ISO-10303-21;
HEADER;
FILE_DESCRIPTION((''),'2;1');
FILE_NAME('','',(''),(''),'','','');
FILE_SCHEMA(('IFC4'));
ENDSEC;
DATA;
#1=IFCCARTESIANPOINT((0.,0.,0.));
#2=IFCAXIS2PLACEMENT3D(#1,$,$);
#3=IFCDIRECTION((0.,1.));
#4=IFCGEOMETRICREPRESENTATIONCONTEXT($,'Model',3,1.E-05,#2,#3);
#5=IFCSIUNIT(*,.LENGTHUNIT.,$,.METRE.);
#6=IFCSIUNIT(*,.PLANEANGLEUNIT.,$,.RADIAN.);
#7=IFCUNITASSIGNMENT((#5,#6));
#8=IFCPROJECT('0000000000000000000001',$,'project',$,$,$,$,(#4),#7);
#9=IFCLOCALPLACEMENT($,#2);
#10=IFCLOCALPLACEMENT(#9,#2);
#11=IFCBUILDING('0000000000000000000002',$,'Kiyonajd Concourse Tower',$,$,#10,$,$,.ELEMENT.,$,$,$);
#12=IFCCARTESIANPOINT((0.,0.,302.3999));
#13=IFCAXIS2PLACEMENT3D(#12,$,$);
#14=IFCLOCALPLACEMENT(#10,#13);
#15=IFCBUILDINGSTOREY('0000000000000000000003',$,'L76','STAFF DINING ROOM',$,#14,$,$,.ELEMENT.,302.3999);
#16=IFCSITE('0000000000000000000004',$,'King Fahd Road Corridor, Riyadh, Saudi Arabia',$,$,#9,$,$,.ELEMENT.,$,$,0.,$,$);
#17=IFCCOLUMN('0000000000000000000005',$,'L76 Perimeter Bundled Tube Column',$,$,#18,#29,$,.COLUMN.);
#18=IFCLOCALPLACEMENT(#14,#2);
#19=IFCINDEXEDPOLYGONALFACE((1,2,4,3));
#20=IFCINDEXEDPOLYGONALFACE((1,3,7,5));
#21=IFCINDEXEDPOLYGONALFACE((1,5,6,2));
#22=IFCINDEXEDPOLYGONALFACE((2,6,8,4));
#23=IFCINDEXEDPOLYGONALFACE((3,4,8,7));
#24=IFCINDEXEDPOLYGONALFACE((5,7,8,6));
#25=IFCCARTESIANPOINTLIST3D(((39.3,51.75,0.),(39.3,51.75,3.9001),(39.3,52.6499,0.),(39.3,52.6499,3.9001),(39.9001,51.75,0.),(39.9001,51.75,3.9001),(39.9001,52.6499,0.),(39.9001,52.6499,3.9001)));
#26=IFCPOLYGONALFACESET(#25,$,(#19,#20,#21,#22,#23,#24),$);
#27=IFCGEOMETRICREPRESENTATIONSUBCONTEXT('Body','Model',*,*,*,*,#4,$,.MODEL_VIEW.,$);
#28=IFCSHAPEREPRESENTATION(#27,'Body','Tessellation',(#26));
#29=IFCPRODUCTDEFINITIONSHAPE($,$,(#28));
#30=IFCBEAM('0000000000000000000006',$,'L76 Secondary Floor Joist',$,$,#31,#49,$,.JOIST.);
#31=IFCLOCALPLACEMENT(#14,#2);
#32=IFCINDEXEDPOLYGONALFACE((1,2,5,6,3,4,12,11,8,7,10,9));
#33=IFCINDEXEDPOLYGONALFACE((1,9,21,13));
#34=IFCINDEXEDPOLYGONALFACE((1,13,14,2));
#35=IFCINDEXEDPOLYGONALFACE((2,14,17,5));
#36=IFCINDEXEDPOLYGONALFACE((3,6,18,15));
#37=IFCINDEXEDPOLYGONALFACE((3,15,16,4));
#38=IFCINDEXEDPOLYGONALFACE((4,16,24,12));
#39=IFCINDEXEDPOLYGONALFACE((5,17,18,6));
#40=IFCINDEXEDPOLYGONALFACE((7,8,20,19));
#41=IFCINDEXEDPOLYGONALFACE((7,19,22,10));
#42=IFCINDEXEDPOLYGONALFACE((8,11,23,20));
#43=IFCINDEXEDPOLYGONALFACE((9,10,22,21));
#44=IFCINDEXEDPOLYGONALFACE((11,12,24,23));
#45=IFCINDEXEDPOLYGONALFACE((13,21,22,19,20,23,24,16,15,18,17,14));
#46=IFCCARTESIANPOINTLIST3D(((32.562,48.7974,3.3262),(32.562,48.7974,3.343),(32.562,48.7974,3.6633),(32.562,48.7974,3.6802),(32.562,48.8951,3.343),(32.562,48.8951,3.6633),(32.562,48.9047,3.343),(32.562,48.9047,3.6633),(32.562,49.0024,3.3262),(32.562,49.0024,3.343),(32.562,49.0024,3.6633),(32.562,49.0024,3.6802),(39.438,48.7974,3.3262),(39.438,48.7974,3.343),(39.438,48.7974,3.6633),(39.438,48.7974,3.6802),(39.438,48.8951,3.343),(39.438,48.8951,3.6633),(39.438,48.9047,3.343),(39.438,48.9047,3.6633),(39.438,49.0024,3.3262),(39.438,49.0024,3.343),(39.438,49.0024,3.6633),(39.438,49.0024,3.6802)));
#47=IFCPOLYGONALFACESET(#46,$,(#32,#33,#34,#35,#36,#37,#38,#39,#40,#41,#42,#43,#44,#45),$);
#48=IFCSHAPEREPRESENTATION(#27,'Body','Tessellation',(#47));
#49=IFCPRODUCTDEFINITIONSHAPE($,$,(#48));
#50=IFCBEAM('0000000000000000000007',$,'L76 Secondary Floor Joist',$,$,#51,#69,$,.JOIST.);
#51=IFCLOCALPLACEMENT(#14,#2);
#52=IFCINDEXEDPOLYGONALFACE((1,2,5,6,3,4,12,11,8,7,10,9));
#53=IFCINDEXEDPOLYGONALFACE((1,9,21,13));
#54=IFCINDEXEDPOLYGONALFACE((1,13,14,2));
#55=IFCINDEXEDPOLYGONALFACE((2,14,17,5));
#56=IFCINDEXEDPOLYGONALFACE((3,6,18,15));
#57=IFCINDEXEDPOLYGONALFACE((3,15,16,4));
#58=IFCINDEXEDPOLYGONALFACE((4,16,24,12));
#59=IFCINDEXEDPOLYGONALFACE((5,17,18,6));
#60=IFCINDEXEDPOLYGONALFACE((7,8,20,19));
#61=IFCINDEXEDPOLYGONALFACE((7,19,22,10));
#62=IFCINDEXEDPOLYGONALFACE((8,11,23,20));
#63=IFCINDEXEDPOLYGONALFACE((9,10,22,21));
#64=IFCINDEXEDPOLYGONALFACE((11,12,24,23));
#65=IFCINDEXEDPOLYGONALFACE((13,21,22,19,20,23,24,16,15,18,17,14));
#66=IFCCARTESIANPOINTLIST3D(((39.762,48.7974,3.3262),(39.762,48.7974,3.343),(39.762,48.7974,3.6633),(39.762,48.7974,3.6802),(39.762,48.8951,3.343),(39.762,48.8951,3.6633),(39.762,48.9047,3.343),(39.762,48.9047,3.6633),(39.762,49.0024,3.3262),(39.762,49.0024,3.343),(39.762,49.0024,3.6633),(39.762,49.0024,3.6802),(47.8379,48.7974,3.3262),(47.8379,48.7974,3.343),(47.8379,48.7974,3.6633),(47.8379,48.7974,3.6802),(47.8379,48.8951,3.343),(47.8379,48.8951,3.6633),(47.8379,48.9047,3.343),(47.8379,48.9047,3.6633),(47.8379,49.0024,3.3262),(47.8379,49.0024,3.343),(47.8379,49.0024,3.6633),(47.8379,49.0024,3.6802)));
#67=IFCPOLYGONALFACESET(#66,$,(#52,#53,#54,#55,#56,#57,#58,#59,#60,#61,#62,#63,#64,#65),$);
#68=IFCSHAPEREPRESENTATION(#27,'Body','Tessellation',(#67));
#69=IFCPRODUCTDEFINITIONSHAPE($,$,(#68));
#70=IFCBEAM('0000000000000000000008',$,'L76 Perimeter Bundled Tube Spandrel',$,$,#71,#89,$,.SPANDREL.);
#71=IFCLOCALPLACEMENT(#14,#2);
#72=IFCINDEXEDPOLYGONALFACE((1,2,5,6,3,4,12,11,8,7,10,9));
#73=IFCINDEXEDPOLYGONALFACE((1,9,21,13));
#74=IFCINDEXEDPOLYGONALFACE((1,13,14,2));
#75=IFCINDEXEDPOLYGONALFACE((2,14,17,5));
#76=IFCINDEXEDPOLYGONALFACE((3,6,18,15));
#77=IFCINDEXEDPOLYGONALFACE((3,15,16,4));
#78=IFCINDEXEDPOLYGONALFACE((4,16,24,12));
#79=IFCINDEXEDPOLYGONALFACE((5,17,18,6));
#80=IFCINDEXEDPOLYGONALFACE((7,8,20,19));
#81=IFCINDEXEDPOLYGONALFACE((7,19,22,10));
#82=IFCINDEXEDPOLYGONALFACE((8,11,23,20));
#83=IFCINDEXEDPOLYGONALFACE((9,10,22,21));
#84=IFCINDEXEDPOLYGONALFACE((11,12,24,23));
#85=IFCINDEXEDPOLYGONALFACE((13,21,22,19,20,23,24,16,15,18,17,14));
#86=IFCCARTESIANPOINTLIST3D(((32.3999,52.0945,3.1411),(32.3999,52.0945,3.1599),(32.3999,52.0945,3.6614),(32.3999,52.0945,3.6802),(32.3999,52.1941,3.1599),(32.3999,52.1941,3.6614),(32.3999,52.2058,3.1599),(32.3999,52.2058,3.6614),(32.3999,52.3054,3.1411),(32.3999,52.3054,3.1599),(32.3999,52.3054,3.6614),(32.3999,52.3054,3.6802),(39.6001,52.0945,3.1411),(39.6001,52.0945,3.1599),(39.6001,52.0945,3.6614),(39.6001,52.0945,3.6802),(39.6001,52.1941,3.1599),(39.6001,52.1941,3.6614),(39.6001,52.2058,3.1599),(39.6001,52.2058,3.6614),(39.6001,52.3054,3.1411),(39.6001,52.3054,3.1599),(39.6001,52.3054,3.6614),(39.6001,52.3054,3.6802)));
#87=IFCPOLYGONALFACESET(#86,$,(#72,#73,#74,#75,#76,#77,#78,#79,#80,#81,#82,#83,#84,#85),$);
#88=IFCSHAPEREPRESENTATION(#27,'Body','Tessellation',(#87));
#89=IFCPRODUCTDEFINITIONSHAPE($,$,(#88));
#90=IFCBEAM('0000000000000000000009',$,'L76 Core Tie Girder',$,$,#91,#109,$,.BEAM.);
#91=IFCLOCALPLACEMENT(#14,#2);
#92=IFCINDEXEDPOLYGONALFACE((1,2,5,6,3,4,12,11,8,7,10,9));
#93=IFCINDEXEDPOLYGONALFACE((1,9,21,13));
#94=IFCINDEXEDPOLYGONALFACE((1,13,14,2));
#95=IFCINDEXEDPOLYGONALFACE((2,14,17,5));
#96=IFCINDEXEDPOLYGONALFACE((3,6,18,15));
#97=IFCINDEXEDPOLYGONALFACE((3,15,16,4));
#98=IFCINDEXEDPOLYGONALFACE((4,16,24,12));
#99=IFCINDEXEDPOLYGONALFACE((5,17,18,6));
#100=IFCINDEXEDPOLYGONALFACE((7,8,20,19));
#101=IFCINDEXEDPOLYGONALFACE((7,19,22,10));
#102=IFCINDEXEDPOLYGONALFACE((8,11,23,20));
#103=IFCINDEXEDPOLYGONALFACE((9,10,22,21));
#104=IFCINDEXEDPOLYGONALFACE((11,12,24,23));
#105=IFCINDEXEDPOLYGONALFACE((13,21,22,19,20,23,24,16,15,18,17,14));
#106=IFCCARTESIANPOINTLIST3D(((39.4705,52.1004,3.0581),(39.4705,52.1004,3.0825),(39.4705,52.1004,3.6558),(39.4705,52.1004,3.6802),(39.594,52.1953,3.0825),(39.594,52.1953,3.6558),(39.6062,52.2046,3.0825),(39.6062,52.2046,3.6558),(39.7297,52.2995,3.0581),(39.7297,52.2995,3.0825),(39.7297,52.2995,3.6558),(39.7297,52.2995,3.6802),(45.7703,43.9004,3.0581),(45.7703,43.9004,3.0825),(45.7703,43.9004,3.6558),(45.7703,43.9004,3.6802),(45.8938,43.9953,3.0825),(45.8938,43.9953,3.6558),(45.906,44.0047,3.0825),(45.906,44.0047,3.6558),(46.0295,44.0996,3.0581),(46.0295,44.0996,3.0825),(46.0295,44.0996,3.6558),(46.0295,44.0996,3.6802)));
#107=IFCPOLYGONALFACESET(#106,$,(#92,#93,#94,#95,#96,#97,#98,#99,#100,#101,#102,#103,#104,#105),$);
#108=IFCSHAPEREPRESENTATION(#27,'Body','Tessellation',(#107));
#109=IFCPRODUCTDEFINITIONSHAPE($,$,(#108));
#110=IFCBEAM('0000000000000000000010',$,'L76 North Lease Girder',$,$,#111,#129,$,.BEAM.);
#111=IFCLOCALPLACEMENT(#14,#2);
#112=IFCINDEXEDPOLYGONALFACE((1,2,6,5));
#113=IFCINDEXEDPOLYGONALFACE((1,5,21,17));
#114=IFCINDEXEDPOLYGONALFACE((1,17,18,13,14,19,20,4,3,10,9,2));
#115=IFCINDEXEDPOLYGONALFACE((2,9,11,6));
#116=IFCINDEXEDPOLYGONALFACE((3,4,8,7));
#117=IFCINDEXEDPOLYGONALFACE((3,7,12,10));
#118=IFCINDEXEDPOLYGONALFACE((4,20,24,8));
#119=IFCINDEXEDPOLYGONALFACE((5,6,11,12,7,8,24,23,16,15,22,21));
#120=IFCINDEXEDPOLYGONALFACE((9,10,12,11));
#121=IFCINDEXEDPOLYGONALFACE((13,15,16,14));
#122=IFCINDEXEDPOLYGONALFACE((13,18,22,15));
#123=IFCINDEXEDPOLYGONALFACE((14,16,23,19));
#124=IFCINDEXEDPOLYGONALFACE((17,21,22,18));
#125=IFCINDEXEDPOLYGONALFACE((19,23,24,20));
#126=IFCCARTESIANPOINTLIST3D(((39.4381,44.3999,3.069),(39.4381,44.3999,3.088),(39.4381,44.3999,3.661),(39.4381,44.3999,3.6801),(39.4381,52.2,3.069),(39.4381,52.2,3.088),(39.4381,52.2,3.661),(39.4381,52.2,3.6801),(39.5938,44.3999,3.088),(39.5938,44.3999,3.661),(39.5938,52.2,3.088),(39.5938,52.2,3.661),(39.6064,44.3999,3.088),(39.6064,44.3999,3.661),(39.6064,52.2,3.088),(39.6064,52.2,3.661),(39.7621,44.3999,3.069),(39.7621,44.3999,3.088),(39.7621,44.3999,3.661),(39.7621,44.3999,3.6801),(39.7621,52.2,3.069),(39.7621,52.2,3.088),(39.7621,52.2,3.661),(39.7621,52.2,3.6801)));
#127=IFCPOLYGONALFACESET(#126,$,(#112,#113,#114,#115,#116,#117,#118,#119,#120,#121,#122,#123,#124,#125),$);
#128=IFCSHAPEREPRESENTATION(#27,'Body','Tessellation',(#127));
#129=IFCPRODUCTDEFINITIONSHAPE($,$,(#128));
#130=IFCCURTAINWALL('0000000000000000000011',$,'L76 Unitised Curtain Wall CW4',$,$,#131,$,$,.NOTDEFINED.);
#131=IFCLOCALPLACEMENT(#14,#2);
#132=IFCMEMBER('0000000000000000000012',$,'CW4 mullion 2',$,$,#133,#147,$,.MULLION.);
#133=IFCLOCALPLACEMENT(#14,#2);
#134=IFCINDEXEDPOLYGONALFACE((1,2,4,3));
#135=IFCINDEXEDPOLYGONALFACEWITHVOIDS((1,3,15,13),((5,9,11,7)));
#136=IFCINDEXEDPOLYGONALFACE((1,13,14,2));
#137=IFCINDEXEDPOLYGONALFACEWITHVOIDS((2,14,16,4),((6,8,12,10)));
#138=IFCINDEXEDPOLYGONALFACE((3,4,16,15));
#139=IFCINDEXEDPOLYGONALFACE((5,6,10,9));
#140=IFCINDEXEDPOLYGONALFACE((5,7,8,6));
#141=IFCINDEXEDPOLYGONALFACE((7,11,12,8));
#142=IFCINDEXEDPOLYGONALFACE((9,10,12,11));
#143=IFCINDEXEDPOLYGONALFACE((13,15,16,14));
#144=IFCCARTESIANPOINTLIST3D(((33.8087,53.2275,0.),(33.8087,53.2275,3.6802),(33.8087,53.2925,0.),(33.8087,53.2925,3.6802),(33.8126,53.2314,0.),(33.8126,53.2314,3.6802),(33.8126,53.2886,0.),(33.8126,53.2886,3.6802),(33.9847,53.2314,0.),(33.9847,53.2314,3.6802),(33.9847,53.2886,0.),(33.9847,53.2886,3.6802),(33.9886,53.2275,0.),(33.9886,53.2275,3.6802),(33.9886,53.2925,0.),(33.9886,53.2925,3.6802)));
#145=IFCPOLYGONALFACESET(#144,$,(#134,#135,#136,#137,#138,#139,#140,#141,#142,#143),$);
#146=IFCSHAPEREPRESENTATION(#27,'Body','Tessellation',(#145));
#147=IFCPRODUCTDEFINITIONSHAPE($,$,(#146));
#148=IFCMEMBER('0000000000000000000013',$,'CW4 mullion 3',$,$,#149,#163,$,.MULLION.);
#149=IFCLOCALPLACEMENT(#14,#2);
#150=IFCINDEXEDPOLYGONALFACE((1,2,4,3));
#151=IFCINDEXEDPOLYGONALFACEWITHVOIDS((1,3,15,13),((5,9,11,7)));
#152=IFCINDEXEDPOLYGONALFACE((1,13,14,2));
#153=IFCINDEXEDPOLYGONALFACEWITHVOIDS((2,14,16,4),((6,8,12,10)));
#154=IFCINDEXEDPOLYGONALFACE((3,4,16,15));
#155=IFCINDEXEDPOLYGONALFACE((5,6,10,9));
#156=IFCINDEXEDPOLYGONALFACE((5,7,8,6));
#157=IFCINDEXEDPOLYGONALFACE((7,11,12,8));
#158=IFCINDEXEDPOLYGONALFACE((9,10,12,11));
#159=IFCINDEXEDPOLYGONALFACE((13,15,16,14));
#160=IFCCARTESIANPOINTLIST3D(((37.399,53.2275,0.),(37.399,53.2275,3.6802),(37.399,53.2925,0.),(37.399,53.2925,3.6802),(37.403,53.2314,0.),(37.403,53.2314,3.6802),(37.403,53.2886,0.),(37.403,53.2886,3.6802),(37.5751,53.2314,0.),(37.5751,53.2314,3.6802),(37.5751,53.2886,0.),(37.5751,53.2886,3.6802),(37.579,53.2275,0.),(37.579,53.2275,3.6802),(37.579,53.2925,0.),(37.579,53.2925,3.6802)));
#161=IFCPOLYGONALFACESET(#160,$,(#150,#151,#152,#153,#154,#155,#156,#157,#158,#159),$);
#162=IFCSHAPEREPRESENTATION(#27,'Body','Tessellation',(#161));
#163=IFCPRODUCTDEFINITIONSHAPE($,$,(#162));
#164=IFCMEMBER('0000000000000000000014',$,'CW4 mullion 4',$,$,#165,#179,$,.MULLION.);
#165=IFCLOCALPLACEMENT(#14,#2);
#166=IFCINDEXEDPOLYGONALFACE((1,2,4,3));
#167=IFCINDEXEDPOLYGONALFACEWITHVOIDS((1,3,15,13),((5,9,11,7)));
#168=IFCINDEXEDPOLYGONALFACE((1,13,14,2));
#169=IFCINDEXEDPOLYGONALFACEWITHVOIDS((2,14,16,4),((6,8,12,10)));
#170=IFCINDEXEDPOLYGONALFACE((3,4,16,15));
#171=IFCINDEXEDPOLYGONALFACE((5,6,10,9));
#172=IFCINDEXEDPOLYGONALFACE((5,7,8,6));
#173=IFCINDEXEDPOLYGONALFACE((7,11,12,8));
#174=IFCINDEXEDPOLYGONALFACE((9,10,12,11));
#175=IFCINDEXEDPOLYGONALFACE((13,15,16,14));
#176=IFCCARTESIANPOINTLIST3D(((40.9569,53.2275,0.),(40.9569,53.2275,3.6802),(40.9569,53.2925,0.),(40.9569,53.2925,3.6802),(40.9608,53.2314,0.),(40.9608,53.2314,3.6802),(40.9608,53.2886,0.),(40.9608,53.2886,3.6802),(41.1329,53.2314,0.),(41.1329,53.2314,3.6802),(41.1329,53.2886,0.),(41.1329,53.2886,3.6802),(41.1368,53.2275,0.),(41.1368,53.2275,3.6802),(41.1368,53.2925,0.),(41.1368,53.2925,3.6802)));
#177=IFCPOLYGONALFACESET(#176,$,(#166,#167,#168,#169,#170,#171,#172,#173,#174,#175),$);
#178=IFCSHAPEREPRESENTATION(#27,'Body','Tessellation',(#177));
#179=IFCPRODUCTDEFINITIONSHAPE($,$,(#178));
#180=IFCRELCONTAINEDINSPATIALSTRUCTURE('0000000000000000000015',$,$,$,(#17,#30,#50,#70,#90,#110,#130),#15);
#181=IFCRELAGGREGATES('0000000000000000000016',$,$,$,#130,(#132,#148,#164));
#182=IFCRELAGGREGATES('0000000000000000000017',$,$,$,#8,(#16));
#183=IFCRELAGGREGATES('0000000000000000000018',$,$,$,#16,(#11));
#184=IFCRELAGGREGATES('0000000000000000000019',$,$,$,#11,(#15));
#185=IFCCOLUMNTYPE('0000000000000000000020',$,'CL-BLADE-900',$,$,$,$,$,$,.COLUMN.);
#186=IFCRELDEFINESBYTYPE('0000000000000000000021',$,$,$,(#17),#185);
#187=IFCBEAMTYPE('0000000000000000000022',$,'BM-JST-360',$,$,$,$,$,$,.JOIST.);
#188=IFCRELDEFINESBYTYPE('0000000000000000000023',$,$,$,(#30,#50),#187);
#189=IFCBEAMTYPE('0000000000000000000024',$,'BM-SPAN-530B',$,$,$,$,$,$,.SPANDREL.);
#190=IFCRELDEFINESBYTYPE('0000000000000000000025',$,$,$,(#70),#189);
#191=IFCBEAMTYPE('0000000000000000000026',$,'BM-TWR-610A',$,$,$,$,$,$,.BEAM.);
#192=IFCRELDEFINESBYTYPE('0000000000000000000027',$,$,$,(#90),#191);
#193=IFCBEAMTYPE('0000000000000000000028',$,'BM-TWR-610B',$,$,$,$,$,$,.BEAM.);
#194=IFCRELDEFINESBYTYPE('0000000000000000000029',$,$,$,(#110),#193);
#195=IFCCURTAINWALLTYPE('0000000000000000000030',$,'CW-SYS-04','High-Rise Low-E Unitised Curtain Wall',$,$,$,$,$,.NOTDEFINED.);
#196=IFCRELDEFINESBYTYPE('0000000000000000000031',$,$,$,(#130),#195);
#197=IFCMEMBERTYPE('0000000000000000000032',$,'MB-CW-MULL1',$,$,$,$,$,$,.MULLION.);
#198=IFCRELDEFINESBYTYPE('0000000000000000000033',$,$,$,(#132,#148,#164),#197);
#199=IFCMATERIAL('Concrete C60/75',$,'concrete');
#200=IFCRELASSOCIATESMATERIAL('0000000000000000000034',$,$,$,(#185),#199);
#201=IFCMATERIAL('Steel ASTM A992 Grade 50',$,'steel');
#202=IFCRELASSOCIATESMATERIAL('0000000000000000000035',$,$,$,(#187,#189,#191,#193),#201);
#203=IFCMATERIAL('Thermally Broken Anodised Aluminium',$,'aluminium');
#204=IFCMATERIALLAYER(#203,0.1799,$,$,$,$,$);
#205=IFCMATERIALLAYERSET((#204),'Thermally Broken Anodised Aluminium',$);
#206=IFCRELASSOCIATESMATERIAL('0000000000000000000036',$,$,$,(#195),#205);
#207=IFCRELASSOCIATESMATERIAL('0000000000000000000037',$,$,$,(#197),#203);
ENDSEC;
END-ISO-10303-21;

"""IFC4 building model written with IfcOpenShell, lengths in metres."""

from ifc_helpers import new_model, si_unit, direction, frame, origin, origin_2d, place, context, subcontext, project, spatial, rectangle, hollow_rectangle, i_section, extrude, material, layer, layer_set, material_profile, profile_set, type_object, element, aggregate, save


model = new_model("IFC4")

# Units and contexts
model_context = context("Model", 3, precision=1e-05, world=origin(), true_north=direction((0.0, 1.0)))
body_context = subcontext(model_context, "Body", "Model", "MODEL_VIEW")
ifc_project = project(units=[si_unit("LENGTHUNIT", "METRE"), si_unit("PLANEANGLEUNIT", "RADIAN")], contexts=[model_context])

# Site, building, storey
site_placement = place(None, origin())
site = spatial("IfcSite", under=ifc_project, at=site_placement, Name="King Fahd Road Corridor, Riyadh, Saudi Arabia", CompositionType="ELEMENT", RefElevation=0.0)
building_placement = place(site_placement, origin())
building = spatial("IfcBuilding", under=site, at=building_placement, Name="Kiyonajd Concourse Tower", CompositionType="ELEMENT")
storey_placement = place(building_placement, frame((0.0, 0.0, 302.3999)))
storey = spatial("IfcBuildingStorey", under=building, at=storey_placement, Name="L76", Description="STAFF DINING ROOM", CompositionType="ELEMENT", Elevation=302.3999)

# Column
ifc_material_1 = material(Name="Concrete C60/75", Category="concrete")
ifc_material_profile_1 = material_profile(ifc_material_1, rectangle(XDim=0.6001, YDim=0.8999, at=origin_2d()), Name="RC-900x600")
ifc_profile_set_1 = profile_set([ifc_material_profile_1], Name="Concrete C60/75")
column_type = type_object("IfcColumnType", Name="CL-BLADE-900", PredefinedType="COLUMN", material=ifc_profile_set_1)
column_placement = place(storey_placement, frame((39.6001, 52.2, 0.0), z_axis=(0.0, 0.0, 1.0), x_axis=(1.0, 0.0, 0.0)))
element("IfcColumn", 1, at=column_placement, inside=storey, type_object=column_type, Name="L76 Perimeter Bundled Tube Column", PredefinedType="COLUMN", context=body_context, shape_type="SweptSolid", body=[
    extrude(rectangle(XDim=0.6001, YDim=0.8999, at=origin_2d()), origin(), (0.0, 0.0, 1.0), 3.9001),
])

# Beams
ifc_material_2 = material(Name="Steel ASTM A992 Grade 50", Category="steel")
ifc_material_profile_2 = material_profile(ifc_material_2, i_section(OverallWidth=0.2051, OverallDepth=0.354, WebThickness=0.0095, FlangeThickness=0.0168, at=origin_2d()), Name="W360X79")
ifc_profile_set_2 = profile_set([ifc_material_profile_2], Name="Steel ASTM A992 Grade 50")
beam_type_1 = type_object("IfcBeamType", Name="BM-JST-360", PredefinedType="JOIST", material=ifc_profile_set_2)
beam_1_placement = place(storey_placement, frame((32.562, 48.8999, 3.5032), z_axis=(1.0, 0.0, 0.0), x_axis=(0.0, 1.0, 0.0)))
element("IfcBeam", 2, at=beam_1_placement, inside=storey, type_object=beam_type_1, Name="L76 Secondary Floor Joist", PredefinedType="JOIST", context=body_context, shape_type="SweptSolid", body=[
    extrude(i_section(OverallWidth=0.2051, OverallDepth=0.354, WebThickness=0.0095, FlangeThickness=0.0168, at=origin_2d()), origin(), (0.0, 0.0, 1.0), 6.876),
])
beam_2_placement = place(storey_placement, frame((39.762, 48.8999, 3.5032), z_axis=(1.0, 0.0, 0.0), x_axis=(0.0, 1.0, 0.0)))
element("IfcBeam", 3, at=beam_2_placement, inside=storey, type_object=beam_type_1, Name="L76 Secondary Floor Joist", PredefinedType="JOIST", context=body_context, shape_type="SweptSolid", body=[
    extrude(i_section(OverallWidth=0.2051, OverallDepth=0.354, WebThickness=0.0095, FlangeThickness=0.0168, at=origin_2d()), origin(), (0.0, 0.0, 1.0), 8.0759),
])
ifc_material_profile_3 = material_profile(ifc_material_2, i_section(OverallWidth=0.2109, OverallDepth=0.5391, WebThickness=0.0117, FlangeThickness=0.0188, at=origin_2d()), Name="W530X109")
ifc_profile_set_3 = profile_set([ifc_material_profile_3], Name="Steel ASTM A992 Grade 50")
beam_type_2 = type_object("IfcBeamType", Name="BM-SPAN-530B", PredefinedType="SPANDREL", material=ifc_profile_set_3)
beam_3_placement = place(storey_placement, frame((39.6001, 52.2, 3.4106), z_axis=(-1.0, 0.0, 0.0), x_axis=(0.0, -1.0, 0.0)))
element("IfcBeam", 4, at=beam_3_placement, inside=storey, type_object=beam_type_2, Name="L76 Perimeter Bundled Tube Spandrel", PredefinedType="SPANDREL", context=body_context, shape_type="SweptSolid", body=[
    extrude(i_section(OverallWidth=0.2109, OverallDepth=0.5391, WebThickness=0.0117, FlangeThickness=0.0188, at=origin_2d()), origin(), (0.0, 0.0, 1.0), 7.2002),
])
ifc_material_profile_4 = material_profile(ifc_material_2, i_section(OverallWidth=0.3269, OverallDepth=0.6221, WebThickness=0.0154, FlangeThickness=0.0244, at=origin_2d()), Name="W610X195")
ifc_profile_set_4 = profile_set([ifc_material_profile_4], Name="Steel ASTM A992 Grade 50")
beam_type_3 = type_object("IfcBeamType", Name="BM-TWR-610A", PredefinedType="BEAM", material=ifc_profile_set_4)
beam_4_placement = place(storey_placement, frame((39.6001, 52.2, 3.3691), z_axis=(0.609234, -0.792991, 0.0), x_axis=(0.792991, 0.609234, 0.0)))
element("IfcBeam", 5, at=beam_4_placement, inside=storey, type_object=beam_type_3, Name="L76 Core Tie Girder", PredefinedType="BEAM", context=body_context, shape_type="SweptSolid", body=[
    extrude(i_section(OverallWidth=0.3269, OverallDepth=0.6221, WebThickness=0.0154, FlangeThickness=0.0244, at=origin_2d()), origin(), (0.0, 0.0, 1.0), 10.3406),
])
ifc_material_profile_5 = material_profile(ifc_material_2, i_section(OverallWidth=0.324, OverallDepth=0.6111, WebThickness=0.0127, FlangeThickness=0.019, at=origin_2d()), Name="W610X155")
ifc_profile_set_5 = profile_set([ifc_material_profile_5], Name="Steel ASTM A992 Grade 50")
beam_type_4 = type_object("IfcBeamType", Name="BM-TWR-610B", PredefinedType="BEAM", material=ifc_profile_set_5)
beam_5_placement = place(storey_placement, frame((39.6001, 44.3999, 3.3745), z_axis=(0.0, 1.0, 0.0), x_axis=(-1.0, 0.0, 0.0)))
element("IfcBeam", 6, at=beam_5_placement, inside=storey, type_object=beam_type_4, Name="L76 North Lease Girder", PredefinedType="BEAM", context=body_context, shape_type="SweptSolid", body=[
    extrude(i_section(OverallWidth=0.324, OverallDepth=0.6111, WebThickness=0.0127, FlangeThickness=0.019, at=origin_2d()), origin(), (0.0, 0.0, 1.0), 7.8),
])

# Curtain wall, members
ifc_material_3 = material(Name="Thermally Broken Anodised Aluminium", Category="aluminium")
ifc_layer_1 = layer(ifc_material_3, 0.1799)
ifc_layer_set_1 = layer_set([ifc_layer_1], Name="Thermally Broken Anodised Aluminium")
curtain_wall_type = type_object("IfcCurtainWallType", Name="CW-SYS-04", Description="High-Rise Low-E Unitised Curtain Wall", PredefinedType="NOTDEFINED", material=ifc_layer_set_1)
curtain_wall_placement = place(storey_placement, origin())
curtain_wall = element("IfcCurtainWall", 7, at=curtain_wall_placement, inside=storey, type_object=curtain_wall_type, Name="L76 Unitised Curtain Wall CW4", PredefinedType="NOTDEFINED")
ifc_material_profile_6 = material_profile(ifc_material_3, hollow_rectangle(XDim=0.0649, YDim=0.1799, WallThickness=0.0039, at=origin_2d()), Name="MULL-65x180")
ifc_profile_set_6 = profile_set([ifc_material_profile_6], Name="Thermally Broken Anodised Aluminium")
member_type_1 = type_object("IfcMemberType", Name="MB-CW-MULL1", PredefinedType="MULLION", material=ifc_profile_set_6)
member_1_placement = place(storey_placement, frame((33.8987, 53.26, 0.0), z_axis=(0.0, 0.0, 1.0), x_axis=(0.0, 1.0, 0.0)))
member_1 = element("IfcMember", 8, at=member_1_placement, type_object=member_type_1, Name="CW4 mullion 2", PredefinedType="MULLION", context=body_context, shape_type="SweptSolid", body=[
    extrude(hollow_rectangle(XDim=0.0649, YDim=0.1799, WallThickness=0.0039, at=origin_2d()), origin(), (0.0, 0.0, 1.0), 3.6802),
])
member_2_placement = place(storey_placement, frame((37.489, 53.26, 0.0), z_axis=(0.0, 0.0, 1.0), x_axis=(0.0, 1.0, 0.0)))
member_2 = element("IfcMember", 9, at=member_2_placement, type_object=member_type_1, Name="CW4 mullion 3", PredefinedType="MULLION", context=body_context, shape_type="SweptSolid", body=[
    extrude(hollow_rectangle(XDim=0.0649, YDim=0.1799, WallThickness=0.0039, at=origin_2d()), origin(), (0.0, 0.0, 1.0), 3.6802),
])
member_3_placement = place(storey_placement, frame((41.0469, 53.26, 0.0), z_axis=(0.0, 0.0, 1.0), x_axis=(0.0, 1.0, 0.0)))
member_3 = element("IfcMember", 10, at=member_3_placement, type_object=member_type_1, Name="CW4 mullion 4", PredefinedType="MULLION", context=body_context, shape_type="SweptSolid", body=[
    extrude(hollow_rectangle(XDim=0.0649, YDim=0.1799, WallThickness=0.0039, at=origin_2d()), origin(), (0.0, 0.0, 1.0), 3.6802),
])

aggregate(curtain_wall, [member_1, member_2, member_3])

save(model, "model.ifc")
